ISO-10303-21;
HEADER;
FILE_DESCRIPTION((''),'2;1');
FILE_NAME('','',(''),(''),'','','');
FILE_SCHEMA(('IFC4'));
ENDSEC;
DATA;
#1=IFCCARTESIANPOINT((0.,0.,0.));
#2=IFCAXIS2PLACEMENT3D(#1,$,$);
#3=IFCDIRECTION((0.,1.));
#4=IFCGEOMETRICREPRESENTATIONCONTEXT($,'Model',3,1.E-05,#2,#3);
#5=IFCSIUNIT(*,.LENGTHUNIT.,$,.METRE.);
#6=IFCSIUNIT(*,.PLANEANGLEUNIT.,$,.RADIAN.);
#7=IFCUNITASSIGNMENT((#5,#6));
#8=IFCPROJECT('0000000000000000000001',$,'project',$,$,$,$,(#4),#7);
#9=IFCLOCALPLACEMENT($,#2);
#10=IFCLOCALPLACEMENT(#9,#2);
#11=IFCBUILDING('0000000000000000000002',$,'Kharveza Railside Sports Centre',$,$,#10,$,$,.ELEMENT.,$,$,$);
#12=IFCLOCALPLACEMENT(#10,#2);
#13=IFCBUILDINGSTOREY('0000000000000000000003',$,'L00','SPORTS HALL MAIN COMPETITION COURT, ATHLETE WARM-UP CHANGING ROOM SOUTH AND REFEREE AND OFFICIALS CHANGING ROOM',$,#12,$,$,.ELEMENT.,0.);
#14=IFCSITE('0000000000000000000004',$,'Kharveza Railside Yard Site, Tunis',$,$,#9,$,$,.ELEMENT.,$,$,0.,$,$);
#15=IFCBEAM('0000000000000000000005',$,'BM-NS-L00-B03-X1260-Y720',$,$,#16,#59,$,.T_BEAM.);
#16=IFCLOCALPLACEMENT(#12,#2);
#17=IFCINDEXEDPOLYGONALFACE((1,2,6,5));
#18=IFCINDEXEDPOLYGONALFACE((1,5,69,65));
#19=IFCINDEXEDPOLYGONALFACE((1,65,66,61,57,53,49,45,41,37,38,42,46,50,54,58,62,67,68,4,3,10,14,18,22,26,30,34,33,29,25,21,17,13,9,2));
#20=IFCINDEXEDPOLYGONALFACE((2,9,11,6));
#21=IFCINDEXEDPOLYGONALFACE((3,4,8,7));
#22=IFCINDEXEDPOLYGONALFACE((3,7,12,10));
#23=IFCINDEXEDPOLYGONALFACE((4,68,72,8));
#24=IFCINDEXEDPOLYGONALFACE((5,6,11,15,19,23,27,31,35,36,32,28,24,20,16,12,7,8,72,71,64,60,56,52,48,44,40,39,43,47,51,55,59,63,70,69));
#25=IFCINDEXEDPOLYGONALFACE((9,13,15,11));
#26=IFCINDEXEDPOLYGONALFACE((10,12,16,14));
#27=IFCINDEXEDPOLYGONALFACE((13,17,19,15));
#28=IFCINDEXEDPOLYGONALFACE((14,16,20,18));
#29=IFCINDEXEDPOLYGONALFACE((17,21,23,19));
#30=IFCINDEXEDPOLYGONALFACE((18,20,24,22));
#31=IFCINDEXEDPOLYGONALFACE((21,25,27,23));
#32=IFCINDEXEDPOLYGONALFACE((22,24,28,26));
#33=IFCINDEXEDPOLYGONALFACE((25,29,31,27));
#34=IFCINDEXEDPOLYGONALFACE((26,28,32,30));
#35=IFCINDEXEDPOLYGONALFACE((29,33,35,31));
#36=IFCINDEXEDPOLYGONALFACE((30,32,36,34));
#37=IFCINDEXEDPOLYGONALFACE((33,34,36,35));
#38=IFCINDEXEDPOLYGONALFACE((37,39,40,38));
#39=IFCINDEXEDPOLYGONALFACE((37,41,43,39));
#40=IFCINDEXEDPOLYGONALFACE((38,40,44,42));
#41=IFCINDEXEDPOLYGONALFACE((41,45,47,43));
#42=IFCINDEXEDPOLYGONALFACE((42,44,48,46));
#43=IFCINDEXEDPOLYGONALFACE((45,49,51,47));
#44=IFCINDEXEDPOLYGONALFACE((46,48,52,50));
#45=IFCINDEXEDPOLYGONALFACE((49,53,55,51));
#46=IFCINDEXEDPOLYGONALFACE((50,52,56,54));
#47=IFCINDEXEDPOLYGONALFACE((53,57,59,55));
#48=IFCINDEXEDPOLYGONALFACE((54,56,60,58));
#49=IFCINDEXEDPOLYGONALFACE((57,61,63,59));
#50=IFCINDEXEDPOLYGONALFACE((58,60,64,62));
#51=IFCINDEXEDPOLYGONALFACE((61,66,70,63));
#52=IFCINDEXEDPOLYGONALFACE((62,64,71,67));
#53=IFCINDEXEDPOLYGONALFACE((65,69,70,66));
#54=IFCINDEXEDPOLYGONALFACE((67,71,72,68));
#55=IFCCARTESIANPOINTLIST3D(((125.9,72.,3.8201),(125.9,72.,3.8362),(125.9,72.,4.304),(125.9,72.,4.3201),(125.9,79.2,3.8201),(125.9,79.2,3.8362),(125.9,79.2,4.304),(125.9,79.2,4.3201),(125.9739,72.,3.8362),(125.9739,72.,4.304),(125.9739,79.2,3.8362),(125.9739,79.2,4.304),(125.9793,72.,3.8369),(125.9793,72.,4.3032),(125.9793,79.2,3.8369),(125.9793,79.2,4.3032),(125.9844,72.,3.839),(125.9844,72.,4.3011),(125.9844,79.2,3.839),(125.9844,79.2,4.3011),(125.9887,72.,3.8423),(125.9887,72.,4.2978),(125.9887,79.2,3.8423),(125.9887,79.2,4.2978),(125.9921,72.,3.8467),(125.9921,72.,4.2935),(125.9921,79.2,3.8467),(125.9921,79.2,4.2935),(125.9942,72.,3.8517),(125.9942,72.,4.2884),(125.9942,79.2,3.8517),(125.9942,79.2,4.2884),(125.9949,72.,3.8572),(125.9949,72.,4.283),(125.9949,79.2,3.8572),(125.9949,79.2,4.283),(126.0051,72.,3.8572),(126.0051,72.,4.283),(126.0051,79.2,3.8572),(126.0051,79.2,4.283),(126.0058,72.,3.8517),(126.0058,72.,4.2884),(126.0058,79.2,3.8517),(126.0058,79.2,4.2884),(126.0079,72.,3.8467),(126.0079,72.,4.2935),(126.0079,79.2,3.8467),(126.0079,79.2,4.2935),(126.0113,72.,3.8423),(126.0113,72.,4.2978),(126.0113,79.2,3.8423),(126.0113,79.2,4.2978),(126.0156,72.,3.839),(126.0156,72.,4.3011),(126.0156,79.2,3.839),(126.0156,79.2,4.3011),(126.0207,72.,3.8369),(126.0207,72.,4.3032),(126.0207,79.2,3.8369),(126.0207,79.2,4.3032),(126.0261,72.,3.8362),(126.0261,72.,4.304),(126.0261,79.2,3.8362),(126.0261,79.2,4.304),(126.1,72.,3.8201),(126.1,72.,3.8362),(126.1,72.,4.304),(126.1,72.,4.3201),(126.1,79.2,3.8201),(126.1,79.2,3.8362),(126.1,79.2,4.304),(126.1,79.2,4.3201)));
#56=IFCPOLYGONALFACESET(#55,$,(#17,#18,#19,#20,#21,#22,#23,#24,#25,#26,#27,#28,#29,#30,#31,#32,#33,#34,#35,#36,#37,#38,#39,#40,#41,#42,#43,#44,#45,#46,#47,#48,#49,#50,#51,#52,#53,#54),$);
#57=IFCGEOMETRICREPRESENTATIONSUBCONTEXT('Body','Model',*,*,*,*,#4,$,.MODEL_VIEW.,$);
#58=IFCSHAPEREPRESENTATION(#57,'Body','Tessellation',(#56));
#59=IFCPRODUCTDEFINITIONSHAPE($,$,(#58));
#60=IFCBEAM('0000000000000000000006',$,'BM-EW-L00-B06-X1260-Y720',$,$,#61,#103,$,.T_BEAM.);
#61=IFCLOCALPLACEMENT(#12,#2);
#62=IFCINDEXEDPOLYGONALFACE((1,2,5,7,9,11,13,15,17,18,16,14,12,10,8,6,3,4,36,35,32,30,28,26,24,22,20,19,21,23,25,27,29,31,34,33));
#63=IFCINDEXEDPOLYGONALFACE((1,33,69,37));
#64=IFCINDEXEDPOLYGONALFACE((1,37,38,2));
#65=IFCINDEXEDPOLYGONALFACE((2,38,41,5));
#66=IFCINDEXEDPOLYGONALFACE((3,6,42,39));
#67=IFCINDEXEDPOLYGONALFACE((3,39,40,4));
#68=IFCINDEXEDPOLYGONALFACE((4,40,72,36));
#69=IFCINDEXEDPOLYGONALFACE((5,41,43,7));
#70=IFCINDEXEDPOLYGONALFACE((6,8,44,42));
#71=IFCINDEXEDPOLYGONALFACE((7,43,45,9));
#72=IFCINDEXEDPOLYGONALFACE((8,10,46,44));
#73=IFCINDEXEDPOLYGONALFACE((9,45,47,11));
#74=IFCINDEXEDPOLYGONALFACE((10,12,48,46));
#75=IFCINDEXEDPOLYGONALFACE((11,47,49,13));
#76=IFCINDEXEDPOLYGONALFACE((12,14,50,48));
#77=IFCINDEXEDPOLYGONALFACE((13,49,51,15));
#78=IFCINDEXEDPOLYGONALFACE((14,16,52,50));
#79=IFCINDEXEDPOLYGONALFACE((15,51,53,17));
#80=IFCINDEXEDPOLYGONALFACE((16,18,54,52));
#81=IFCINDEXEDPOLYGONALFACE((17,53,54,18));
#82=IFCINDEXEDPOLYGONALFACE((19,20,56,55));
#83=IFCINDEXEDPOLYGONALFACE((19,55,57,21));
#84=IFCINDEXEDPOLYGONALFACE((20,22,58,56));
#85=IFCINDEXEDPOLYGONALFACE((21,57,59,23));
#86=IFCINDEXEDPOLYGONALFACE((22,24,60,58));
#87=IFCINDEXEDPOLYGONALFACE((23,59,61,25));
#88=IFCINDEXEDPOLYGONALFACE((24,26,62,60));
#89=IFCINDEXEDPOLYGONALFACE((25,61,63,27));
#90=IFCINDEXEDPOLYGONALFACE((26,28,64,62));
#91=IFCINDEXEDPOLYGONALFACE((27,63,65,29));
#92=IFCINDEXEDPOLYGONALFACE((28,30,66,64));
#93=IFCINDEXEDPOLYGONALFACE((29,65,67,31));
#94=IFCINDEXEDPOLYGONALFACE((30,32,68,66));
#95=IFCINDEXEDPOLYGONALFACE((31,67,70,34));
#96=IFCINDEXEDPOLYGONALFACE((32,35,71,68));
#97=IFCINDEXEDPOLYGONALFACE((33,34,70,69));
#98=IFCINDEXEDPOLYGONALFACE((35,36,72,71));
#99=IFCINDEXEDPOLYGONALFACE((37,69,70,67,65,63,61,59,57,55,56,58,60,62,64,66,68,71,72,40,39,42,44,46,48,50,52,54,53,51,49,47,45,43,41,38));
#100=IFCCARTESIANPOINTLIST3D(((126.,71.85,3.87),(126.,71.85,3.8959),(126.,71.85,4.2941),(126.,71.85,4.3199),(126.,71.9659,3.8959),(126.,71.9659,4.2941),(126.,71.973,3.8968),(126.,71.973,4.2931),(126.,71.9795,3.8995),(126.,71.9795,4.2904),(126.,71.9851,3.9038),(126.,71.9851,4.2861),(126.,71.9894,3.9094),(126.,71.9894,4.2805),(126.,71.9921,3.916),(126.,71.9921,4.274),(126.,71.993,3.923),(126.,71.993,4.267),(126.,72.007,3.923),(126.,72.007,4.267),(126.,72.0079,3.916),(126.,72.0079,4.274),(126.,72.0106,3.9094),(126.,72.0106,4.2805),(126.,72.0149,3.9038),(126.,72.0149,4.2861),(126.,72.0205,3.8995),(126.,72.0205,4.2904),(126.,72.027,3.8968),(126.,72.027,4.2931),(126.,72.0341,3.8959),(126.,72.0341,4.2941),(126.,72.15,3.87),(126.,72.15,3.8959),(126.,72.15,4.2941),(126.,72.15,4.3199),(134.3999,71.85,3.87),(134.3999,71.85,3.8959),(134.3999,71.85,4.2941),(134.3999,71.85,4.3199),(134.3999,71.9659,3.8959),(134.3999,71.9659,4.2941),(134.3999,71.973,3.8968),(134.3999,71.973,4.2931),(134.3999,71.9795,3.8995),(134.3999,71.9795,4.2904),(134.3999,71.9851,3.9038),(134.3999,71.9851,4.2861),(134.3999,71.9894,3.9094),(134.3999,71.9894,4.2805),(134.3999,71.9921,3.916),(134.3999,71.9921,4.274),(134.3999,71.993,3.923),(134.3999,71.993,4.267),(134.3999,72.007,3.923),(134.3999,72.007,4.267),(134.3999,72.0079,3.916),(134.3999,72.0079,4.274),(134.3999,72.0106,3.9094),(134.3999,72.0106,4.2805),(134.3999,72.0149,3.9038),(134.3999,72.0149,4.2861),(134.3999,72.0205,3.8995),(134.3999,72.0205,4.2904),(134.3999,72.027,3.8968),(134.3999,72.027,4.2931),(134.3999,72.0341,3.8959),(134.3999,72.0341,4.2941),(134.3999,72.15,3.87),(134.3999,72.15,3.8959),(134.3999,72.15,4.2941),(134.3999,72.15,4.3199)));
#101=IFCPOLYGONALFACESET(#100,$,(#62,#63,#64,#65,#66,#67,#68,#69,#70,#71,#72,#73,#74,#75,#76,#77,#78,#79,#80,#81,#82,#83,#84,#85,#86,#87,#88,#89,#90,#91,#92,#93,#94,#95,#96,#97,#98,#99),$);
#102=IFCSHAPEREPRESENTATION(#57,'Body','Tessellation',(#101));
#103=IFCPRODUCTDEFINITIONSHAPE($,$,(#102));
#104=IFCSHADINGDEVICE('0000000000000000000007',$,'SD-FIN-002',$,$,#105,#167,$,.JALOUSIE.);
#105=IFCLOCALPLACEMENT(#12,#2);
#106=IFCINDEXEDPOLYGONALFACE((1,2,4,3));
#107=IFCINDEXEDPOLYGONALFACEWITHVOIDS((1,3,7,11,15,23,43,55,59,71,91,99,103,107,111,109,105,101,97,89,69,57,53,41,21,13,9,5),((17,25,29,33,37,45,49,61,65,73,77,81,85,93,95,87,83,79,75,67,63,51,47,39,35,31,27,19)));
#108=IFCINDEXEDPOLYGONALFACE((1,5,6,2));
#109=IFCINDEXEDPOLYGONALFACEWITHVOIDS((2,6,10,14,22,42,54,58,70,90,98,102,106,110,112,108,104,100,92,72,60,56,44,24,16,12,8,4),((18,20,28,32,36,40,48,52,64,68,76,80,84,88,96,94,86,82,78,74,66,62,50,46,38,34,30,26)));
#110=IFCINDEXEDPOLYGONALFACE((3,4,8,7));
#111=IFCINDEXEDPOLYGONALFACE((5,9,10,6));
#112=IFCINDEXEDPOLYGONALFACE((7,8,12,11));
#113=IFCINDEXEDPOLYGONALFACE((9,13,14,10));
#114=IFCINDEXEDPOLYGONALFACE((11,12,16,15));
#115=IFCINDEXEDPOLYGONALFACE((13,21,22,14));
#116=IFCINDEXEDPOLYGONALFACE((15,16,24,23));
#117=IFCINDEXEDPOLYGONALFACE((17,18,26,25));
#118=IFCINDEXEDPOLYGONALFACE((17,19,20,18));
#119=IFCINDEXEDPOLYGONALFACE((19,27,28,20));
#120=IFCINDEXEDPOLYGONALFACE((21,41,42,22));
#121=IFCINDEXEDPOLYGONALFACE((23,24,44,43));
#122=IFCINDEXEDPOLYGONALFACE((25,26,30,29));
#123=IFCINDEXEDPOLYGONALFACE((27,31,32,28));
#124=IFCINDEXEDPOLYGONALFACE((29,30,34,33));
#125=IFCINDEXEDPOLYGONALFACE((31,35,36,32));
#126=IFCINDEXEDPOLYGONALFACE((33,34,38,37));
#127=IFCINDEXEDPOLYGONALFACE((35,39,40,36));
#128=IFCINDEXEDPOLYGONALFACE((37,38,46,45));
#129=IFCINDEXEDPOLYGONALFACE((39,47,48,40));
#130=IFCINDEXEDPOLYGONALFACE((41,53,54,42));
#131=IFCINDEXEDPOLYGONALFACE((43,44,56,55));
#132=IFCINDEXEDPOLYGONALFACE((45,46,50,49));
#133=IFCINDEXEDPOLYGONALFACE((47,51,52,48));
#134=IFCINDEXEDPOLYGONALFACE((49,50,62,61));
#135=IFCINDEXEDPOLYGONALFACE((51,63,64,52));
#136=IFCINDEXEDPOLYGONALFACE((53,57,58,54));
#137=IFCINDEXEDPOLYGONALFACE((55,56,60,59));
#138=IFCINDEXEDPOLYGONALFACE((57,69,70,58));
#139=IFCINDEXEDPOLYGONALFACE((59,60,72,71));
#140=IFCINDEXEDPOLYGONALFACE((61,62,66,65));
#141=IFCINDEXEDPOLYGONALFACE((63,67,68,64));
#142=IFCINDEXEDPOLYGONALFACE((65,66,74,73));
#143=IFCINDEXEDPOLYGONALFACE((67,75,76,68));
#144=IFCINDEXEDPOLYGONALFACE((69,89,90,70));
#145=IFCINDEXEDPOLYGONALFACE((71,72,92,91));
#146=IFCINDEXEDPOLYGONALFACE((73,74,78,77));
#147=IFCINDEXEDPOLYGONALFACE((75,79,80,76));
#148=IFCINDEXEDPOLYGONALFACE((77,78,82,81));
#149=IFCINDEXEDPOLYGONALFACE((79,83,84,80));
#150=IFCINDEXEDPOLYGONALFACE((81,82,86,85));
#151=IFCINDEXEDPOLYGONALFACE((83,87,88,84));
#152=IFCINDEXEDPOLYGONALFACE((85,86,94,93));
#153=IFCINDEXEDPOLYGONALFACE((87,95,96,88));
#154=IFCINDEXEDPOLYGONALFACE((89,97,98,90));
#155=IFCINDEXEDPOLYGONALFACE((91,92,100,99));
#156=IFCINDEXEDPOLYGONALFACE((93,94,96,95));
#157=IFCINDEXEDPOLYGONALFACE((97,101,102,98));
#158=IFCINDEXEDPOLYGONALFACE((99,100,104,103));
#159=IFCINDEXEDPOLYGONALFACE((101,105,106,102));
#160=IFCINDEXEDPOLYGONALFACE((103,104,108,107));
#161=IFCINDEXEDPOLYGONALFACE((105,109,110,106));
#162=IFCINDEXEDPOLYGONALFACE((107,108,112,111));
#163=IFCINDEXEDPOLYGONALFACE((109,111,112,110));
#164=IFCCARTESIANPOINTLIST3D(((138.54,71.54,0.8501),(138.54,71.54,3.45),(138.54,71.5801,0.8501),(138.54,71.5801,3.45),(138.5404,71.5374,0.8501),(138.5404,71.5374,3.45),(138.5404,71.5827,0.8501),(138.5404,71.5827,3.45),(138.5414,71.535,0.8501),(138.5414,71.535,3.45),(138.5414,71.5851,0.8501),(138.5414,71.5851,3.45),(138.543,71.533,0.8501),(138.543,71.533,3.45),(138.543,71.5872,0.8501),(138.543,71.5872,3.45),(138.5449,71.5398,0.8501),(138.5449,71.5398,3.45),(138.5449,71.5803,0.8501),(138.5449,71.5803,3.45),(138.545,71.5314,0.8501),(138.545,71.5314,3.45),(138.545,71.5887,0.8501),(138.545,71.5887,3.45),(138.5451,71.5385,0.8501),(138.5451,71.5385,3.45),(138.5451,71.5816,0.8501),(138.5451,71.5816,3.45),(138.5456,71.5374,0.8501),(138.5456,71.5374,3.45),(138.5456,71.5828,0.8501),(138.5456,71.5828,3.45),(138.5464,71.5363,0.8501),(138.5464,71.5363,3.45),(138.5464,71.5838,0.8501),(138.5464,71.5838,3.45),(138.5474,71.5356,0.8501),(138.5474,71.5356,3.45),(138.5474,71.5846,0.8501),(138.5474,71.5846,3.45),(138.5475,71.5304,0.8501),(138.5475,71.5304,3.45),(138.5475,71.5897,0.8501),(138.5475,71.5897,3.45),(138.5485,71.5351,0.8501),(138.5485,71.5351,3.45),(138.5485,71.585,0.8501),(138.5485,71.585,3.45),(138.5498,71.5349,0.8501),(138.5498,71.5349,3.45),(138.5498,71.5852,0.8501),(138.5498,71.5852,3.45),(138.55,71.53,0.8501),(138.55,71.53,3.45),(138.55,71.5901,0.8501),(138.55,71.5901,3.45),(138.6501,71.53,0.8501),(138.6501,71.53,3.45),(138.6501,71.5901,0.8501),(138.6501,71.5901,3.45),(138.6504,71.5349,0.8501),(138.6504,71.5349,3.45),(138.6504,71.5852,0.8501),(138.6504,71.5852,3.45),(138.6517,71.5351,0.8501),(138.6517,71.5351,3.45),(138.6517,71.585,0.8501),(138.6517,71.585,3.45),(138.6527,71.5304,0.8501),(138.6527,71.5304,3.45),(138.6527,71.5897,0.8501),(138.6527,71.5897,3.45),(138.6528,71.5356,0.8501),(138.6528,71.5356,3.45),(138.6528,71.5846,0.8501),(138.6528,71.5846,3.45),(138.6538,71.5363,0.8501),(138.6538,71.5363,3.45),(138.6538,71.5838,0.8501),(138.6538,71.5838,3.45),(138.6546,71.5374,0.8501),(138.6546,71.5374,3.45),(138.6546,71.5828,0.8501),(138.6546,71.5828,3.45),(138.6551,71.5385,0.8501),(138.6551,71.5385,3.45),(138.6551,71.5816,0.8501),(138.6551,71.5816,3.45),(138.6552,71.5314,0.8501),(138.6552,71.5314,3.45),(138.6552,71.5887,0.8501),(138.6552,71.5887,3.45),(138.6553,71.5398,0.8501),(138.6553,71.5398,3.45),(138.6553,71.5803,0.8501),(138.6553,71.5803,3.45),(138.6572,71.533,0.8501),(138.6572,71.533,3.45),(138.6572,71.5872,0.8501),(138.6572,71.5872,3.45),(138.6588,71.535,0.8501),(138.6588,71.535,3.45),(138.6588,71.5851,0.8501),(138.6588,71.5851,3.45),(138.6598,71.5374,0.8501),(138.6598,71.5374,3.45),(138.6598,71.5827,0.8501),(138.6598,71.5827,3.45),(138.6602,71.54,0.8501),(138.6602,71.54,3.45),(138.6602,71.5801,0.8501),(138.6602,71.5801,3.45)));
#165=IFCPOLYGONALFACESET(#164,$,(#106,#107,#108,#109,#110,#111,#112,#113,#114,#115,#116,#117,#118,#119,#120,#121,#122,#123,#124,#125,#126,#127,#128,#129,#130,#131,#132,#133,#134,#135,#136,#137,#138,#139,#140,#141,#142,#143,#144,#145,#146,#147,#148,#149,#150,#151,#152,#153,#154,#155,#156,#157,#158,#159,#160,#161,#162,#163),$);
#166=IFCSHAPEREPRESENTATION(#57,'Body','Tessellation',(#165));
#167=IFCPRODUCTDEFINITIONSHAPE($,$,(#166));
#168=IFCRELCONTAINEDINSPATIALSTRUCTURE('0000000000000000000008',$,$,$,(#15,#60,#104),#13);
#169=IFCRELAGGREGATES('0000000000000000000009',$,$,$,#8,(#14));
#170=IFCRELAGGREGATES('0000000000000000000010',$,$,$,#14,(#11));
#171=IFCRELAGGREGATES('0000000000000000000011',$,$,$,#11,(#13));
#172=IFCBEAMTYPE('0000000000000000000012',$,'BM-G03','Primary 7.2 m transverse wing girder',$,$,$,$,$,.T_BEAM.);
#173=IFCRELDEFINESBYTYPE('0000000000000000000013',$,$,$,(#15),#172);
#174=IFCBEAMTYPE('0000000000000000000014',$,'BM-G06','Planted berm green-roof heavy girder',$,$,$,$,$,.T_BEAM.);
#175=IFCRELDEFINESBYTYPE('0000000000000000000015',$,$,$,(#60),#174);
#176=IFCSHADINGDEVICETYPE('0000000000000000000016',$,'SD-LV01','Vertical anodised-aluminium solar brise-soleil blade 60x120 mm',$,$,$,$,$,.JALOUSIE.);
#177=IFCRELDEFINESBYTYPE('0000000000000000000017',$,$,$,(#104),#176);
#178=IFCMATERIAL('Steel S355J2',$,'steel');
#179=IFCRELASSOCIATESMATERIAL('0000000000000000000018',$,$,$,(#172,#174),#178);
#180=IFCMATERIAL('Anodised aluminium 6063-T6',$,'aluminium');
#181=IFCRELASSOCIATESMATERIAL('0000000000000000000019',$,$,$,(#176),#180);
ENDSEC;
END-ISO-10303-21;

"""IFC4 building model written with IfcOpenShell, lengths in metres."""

from ifc_helpers import new_model, si_unit, direction, frame, origin, origin_2d, place, context, subcontext, project, spatial, hollow_rectangle, i_section, extrude, material, material_profile, profile_set, type_object, element, save


model = new_model("IFC4")

# Units and contexts
model_context = context("Model", 3, precision=1e-05, world=origin(), true_north=direction((0.0, 1.0)))
body_context = subcontext(model_context, "Body", "Model", "MODEL_VIEW")
ifc_project = project(units=[si_unit("LENGTHUNIT", "METRE"), si_unit("PLANEANGLEUNIT", "RADIAN")], contexts=[model_context])

# Site, building, storey
site_placement = place(None, origin())
site = spatial("IfcSite", under=ifc_project, at=site_placement, Name="Kharveza Railside Yard Site, Tunis", CompositionType="ELEMENT", RefElevation=0.0)
building_placement = place(site_placement, origin())
building = spatial("IfcBuilding", under=site, at=building_placement, Name="Kharveza Railside Sports Centre", CompositionType="ELEMENT")
storey_placement = place(building_placement, origin())
storey = spatial("IfcBuildingStorey", under=building, at=storey_placement, Name="L00", Description="SPORTS HALL MAIN COMPETITION COURT, ATHLETE WARM-UP CHANGING ROOM SOUTH AND REFEREE AND OFFICIALS CHANGING ROOM", CompositionType="ELEMENT", Elevation=0.0)

# Shared definitions
ifc_material_1 = material(Name="Steel S355J2", Category="steel")

# Beams
ifc_material_profile_1 = material_profile(ifc_material_1, i_section(OverallWidth=0.2, OverallDepth=0.5, WebThickness=0.0103, FlangeThickness=0.0161, FilletRadius=0.021, at=origin_2d()), Name="IPE 500")
ifc_profile_set_1 = profile_set([ifc_material_profile_1], Name="Steel S355J2")
beam_type_1 = type_object("IfcBeamType", Name="BM-G03", Description="Primary 7.2 m transverse wing girder", PredefinedType="T_BEAM", material=ifc_profile_set_1)
beam_1_placement = place(storey_placement, frame((126.0, 72.0, 4.0701), z_axis=(0.0, 1.0, 0.0), x_axis=(-1.0, 0.0, 0.0)))
element("IfcBeam", 1, at=beam_1_placement, inside=storey, type_object=beam_type_1, Name="BM-NS-L00-B03-X1260-Y720", PredefinedType="T_BEAM", context=body_context, shape_type="SweptSolid", body=[
    extrude(i_section(OverallWidth=0.2, OverallDepth=0.5, WebThickness=0.0103, FlangeThickness=0.0161, FilletRadius=0.021, at=origin_2d()), origin(), (0.0, 0.0, 1.0), 7.2),
])
ifc_material_profile_2 = material_profile(ifc_material_1, i_section(OverallWidth=0.3, OverallDepth=0.45, WebThickness=0.0139, FlangeThickness=0.0259, FilletRadius=0.0271, at=origin_2d()), Name="HEB 450")
ifc_profile_set_2 = profile_set([ifc_material_profile_2], Name="Steel S355J2")
beam_type_2 = type_object("IfcBeamType", Name="BM-G06", Description="Planted berm green-roof heavy girder", PredefinedType="T_BEAM", material=ifc_profile_set_2)
beam_2_placement = place(storey_placement, frame((126.0, 72.0, 4.095), z_axis=(1.0, 0.0, 0.0), x_axis=(0.0, 1.0, 0.0)))
element("IfcBeam", 2, at=beam_2_placement, inside=storey, type_object=beam_type_2, Name="BM-EW-L00-B06-X1260-Y720", PredefinedType="T_BEAM", context=body_context, shape_type="SweptSolid", body=[
    extrude(i_section(OverallWidth=0.3, OverallDepth=0.45, WebThickness=0.0139, FlangeThickness=0.0259, FilletRadius=0.0271, at=origin_2d()), origin(), (0.0, 0.0, 1.0), 8.3999),
])

# Shared definitions
ifc_material_2 = material(Name="Anodised aluminium 6063-T6", Category="aluminium")

# Shading device
ifc_material_profile_3 = material_profile(ifc_material_2, hollow_rectangle(XDim=0.0601, YDim=0.1201, WallThickness=0.0049, InnerFilletRadius=0.0049, OuterFilletRadius=0.01, at=origin_2d()), Name="RHS 60x120x5.0")
ifc_profile_set_3 = profile_set([ifc_material_profile_3], Name="Anodised aluminium 6063-T6")
shading_device_type = type_object("IfcShadingDeviceType", Name="SD-LV01", Description="Vertical anodised-aluminium solar brise-soleil blade 60x120 mm", PredefinedType="JALOUSIE", material=ifc_profile_set_3)
shading_device_1_placement = place(storey_placement, frame((138.6001, 71.5601, 0.8501), z_axis=(0.0, 0.0, 1.0), x_axis=(0.0, -1.0, 0.0)))
element("IfcShadingDevice", 3, at=shading_device_1_placement, inside=storey, type_object=shading_device_type, Name="SD-FIN-002", PredefinedType="JALOUSIE", context=body_context, shape_type="SweptSolid", body=[
    extrude(hollow_rectangle(XDim=0.0601, YDim=0.1201, WallThickness=0.0049, InnerFilletRadius=0.0049, OuterFilletRadius=0.01, at=origin_2d()), origin(), (0.0, 0.0, 1.0), 2.5999),
])

save(model, "model.ifc")
